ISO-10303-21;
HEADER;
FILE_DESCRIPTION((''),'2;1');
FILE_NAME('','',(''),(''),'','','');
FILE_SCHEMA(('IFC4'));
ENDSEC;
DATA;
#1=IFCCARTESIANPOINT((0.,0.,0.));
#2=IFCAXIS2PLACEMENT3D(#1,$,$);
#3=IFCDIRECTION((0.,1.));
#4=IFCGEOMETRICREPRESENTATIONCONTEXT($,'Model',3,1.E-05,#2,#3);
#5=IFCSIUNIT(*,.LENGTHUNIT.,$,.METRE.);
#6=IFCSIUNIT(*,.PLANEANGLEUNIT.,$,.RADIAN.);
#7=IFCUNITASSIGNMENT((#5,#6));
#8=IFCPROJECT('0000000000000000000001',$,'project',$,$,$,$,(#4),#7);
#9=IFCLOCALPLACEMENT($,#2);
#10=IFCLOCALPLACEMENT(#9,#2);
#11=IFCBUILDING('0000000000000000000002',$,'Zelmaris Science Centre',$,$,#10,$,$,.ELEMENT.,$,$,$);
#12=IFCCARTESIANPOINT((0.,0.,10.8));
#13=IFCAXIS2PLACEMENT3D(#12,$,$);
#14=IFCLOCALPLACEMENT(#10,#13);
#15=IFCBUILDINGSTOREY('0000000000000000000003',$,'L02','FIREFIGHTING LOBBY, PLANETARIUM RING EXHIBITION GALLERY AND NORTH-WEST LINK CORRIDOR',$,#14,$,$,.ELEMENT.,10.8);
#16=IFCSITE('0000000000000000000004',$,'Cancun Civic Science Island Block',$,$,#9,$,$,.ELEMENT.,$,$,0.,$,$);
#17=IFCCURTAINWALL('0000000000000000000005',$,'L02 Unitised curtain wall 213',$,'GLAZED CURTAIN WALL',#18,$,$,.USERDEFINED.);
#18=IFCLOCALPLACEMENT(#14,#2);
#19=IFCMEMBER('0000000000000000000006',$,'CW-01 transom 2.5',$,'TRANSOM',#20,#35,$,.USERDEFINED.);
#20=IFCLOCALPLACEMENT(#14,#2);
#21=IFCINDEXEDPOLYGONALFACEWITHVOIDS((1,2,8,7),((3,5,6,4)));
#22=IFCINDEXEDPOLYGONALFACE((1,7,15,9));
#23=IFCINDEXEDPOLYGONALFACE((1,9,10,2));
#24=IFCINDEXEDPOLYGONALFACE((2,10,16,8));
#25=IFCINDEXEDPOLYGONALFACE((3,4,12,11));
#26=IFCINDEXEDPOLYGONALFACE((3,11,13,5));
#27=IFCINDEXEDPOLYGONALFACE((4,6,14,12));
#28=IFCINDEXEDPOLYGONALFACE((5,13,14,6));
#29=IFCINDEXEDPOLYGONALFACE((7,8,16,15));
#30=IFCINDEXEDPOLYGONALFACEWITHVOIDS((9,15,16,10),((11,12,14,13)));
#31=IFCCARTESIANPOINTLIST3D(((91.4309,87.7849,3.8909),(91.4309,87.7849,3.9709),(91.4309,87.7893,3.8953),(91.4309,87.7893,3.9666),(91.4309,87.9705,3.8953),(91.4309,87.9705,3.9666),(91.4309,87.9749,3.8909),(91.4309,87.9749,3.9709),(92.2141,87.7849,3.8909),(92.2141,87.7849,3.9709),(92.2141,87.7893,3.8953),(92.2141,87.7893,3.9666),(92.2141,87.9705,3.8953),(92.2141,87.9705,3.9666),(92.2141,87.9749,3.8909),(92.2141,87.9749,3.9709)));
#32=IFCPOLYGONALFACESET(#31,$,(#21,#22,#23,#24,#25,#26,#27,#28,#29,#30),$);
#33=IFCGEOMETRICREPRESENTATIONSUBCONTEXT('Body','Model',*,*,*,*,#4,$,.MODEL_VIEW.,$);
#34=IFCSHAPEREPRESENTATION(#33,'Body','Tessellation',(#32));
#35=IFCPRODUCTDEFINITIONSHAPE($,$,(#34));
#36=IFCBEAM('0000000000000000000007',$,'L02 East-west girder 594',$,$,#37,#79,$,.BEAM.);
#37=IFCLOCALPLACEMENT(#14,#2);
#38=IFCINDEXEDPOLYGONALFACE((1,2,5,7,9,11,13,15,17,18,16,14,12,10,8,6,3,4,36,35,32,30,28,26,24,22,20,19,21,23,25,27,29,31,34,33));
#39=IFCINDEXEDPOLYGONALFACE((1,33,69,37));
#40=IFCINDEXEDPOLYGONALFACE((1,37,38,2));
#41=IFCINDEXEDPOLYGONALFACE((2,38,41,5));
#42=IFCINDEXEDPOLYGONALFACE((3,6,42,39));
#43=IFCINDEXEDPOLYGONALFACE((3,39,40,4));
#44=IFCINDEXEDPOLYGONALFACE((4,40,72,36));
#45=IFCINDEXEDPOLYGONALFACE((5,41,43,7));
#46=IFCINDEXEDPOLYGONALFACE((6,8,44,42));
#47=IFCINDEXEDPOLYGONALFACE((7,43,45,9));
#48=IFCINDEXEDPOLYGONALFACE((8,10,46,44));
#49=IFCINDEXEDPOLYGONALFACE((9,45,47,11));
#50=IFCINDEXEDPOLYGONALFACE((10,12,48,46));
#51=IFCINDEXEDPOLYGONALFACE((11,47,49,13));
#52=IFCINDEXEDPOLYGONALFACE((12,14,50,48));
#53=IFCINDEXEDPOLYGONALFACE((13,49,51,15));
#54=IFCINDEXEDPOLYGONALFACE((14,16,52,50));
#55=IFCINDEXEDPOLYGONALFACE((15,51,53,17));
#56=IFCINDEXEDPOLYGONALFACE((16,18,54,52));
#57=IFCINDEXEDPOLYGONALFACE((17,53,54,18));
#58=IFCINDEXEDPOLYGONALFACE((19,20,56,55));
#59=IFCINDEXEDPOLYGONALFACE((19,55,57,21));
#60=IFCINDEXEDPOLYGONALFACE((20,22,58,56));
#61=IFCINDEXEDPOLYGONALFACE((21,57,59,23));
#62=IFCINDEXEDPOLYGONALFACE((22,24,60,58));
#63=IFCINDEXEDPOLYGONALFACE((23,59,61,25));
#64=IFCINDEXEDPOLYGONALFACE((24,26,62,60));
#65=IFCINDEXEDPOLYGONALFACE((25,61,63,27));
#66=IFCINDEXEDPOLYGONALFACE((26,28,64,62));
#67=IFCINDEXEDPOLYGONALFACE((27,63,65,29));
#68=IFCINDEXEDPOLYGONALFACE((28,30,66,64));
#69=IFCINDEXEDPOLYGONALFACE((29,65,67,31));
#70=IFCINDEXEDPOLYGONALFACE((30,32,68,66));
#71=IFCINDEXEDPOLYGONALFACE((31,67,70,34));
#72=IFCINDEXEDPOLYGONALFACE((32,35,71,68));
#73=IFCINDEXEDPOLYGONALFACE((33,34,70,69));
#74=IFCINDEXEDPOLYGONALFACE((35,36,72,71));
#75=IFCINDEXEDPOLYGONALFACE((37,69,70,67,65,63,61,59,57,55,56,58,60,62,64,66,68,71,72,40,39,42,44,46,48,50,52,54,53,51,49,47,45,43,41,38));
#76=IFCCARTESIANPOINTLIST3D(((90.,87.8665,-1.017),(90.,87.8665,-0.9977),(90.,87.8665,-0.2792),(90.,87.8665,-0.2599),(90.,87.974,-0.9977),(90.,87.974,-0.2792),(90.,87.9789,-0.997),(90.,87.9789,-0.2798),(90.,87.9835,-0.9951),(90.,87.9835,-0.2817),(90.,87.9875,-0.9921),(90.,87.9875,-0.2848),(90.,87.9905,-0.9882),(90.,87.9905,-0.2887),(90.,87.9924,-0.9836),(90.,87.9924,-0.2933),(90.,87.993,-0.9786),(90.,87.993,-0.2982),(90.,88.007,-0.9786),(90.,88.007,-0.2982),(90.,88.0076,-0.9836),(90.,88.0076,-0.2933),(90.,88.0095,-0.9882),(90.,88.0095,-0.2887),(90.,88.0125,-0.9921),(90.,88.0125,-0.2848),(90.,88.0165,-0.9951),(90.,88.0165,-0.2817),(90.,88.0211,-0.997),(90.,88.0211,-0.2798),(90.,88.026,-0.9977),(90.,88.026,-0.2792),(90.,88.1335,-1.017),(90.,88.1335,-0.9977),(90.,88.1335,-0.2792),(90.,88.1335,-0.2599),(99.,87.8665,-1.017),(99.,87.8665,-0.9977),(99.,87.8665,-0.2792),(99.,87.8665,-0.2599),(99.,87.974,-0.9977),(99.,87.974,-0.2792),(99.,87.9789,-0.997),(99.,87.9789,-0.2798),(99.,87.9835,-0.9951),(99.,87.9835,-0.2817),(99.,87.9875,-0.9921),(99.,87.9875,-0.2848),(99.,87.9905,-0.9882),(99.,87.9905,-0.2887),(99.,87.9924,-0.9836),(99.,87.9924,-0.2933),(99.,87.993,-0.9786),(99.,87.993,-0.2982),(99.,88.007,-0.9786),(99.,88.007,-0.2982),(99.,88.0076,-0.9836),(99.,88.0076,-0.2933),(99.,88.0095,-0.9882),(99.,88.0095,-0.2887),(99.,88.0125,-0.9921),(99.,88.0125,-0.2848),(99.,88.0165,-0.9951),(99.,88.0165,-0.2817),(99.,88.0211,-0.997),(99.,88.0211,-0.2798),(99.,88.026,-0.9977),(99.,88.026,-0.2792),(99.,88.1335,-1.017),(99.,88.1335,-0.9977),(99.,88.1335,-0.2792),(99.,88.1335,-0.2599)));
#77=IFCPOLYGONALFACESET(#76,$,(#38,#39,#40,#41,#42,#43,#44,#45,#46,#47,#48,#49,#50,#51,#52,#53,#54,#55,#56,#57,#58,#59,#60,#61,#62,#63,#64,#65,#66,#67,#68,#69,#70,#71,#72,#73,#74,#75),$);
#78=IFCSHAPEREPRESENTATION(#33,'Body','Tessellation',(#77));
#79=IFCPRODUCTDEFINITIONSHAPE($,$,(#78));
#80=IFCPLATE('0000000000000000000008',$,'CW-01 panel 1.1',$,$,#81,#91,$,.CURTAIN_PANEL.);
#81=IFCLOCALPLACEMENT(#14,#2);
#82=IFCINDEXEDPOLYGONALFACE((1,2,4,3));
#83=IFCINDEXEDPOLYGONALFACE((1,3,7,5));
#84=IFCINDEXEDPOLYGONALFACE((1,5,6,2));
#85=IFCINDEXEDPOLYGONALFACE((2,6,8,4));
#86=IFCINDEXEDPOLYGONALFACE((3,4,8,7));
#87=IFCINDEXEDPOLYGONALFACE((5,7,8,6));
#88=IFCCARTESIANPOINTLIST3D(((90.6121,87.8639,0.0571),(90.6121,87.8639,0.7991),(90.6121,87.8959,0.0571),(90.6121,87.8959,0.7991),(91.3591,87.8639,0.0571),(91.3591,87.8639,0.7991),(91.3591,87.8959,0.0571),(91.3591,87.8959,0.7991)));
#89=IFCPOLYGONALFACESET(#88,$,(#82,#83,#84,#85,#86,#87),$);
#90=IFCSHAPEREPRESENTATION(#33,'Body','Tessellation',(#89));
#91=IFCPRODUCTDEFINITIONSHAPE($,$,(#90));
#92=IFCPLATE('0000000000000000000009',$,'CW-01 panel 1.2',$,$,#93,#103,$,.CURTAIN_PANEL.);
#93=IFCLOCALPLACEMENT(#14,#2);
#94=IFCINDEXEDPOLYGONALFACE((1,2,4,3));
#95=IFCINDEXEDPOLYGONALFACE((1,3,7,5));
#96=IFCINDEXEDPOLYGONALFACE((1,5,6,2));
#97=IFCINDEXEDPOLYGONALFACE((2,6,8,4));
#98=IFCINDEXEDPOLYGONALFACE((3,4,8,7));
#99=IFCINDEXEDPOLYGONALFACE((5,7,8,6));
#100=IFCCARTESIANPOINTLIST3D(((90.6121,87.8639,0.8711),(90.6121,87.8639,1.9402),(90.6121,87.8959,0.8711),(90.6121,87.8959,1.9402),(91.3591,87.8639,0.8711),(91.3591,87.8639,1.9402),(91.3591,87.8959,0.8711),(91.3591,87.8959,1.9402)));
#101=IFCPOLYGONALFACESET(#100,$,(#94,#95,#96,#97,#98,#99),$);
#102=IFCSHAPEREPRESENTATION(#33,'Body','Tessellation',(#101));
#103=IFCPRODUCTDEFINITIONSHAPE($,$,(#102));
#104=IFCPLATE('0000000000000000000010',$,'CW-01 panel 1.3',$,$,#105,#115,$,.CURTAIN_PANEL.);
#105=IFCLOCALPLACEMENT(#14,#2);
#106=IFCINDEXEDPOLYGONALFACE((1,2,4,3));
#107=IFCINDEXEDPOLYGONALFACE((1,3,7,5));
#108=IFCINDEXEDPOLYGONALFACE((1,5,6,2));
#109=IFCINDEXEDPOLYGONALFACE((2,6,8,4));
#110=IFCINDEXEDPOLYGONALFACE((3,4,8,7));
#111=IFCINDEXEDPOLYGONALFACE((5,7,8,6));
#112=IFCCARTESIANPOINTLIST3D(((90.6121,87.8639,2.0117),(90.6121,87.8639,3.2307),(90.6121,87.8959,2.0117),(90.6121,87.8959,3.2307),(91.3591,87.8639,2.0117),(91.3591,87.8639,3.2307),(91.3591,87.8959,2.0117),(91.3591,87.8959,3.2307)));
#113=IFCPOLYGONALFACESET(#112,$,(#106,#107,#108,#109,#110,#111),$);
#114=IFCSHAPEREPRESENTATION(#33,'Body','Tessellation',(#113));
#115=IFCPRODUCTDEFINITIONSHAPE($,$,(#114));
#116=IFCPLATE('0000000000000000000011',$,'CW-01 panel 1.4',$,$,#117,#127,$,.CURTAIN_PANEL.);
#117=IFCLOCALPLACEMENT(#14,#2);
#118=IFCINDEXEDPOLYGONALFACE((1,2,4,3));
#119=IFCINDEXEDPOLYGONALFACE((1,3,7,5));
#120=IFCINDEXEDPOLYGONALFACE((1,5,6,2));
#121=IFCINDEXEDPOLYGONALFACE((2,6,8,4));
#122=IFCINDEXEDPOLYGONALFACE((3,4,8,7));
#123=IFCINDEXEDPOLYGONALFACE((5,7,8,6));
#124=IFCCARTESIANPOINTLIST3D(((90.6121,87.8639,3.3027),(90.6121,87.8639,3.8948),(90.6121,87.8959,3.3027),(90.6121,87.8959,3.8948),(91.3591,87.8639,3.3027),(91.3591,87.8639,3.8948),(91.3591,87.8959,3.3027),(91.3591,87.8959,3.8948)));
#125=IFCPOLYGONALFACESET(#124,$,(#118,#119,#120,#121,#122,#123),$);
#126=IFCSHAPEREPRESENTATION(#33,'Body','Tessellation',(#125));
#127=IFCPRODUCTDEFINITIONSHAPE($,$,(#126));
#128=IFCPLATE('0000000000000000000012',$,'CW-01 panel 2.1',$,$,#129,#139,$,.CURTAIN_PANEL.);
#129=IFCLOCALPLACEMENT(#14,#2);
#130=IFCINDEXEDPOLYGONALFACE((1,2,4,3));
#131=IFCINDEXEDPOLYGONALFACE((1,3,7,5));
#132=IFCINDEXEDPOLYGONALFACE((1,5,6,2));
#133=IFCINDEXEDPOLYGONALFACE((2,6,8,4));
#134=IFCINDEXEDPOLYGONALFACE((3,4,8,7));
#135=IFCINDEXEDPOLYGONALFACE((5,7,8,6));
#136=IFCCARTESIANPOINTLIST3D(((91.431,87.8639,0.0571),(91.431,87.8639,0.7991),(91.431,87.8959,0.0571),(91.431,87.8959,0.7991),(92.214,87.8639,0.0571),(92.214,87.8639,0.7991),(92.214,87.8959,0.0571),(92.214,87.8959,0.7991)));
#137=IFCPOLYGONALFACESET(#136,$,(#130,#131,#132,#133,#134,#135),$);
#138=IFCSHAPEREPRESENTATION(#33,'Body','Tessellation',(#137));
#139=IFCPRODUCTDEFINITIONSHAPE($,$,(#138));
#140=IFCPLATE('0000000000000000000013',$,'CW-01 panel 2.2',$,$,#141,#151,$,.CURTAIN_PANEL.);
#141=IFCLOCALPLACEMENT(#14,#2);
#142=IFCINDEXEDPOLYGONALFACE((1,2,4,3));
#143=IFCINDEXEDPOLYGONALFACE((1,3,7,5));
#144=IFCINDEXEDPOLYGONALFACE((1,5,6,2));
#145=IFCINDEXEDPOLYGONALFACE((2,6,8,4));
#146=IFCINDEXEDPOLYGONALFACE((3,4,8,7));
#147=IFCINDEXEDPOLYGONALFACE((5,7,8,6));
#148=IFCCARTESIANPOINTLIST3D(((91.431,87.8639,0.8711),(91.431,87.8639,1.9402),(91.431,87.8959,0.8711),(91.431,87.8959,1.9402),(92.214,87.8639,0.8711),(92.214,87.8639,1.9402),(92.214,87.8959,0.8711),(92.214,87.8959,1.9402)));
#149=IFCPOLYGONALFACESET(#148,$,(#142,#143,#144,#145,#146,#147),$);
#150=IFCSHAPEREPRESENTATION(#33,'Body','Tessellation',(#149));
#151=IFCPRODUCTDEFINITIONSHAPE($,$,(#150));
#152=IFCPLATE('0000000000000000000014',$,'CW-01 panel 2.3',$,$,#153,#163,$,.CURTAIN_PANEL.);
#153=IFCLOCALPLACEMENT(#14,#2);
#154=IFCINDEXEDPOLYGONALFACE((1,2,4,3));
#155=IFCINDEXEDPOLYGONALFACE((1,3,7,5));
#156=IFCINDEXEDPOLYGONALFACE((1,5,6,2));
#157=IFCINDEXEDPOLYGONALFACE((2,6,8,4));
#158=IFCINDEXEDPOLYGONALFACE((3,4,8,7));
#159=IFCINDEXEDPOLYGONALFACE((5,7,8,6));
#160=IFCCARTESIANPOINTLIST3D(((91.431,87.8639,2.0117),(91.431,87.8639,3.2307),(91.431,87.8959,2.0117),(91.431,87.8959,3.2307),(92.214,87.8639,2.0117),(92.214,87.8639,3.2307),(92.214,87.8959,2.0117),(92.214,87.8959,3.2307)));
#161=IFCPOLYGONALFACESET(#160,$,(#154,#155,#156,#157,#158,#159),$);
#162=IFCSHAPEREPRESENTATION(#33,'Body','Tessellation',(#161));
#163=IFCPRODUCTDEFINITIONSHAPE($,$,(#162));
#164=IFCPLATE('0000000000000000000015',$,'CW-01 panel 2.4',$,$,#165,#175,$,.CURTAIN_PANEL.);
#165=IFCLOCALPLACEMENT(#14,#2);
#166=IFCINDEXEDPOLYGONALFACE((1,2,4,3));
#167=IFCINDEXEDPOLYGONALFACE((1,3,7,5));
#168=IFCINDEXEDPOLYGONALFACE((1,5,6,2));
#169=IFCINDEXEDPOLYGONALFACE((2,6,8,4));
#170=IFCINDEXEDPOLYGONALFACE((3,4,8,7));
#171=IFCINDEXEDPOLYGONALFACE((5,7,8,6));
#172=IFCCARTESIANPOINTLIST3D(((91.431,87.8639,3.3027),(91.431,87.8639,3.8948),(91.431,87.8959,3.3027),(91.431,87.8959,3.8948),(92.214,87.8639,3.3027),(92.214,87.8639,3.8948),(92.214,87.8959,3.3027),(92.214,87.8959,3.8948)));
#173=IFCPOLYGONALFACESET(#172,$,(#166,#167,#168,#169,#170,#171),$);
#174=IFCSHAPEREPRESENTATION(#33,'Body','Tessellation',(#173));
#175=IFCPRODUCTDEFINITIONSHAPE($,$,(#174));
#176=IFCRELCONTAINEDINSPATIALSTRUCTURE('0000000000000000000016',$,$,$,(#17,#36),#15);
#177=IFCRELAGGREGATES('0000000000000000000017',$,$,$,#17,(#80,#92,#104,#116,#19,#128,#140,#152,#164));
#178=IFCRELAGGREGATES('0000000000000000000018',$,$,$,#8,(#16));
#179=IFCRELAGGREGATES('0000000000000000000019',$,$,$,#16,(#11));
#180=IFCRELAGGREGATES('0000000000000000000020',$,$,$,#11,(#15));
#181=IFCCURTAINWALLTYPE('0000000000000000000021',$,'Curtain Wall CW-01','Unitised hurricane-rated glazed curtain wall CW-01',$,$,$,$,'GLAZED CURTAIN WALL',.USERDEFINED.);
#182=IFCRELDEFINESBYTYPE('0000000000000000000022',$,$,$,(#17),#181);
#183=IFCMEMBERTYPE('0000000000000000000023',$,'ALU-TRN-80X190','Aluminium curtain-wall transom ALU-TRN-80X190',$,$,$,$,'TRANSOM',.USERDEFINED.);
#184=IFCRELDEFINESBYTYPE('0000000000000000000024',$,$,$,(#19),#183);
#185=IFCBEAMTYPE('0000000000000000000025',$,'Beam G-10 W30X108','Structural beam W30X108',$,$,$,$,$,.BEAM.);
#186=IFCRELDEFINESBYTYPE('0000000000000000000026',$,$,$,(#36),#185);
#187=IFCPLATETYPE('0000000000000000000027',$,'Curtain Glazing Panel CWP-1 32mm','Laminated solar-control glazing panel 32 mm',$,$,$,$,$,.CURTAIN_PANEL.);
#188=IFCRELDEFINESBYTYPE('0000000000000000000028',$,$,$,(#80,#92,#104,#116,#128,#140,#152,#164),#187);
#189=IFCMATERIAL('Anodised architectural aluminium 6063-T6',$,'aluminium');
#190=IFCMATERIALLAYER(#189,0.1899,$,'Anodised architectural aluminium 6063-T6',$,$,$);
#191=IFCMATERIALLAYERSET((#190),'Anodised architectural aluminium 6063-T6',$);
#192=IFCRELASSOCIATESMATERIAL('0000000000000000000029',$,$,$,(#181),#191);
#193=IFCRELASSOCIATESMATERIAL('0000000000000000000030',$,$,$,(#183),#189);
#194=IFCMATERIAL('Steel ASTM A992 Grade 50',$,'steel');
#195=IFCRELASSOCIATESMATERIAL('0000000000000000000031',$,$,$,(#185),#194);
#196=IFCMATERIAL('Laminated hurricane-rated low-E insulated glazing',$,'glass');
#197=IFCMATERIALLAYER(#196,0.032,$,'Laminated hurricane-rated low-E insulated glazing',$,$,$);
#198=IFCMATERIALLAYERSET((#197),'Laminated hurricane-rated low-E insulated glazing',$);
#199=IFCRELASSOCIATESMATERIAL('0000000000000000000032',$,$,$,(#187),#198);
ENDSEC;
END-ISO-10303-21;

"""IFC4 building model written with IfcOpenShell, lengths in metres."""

from ifc_helpers import new_model, si_unit, direction, frame, origin, origin_2d, place, context, subcontext, project, spatial, rectangle, hollow_rectangle, i_section, extrude, material, layer, layer_set, material_profile, profile_set, type_object, element, aggregate, save


model = new_model("IFC4")

# Units and contexts
model_context = context("Model", 3, precision=1e-05, world=origin(), true_north=direction((0.0, 1.0)))
body_context = subcontext(model_context, "Body", "Model", "MODEL_VIEW")
ifc_project = project(units=[si_unit("LENGTHUNIT", "METRE"), si_unit("PLANEANGLEUNIT", "RADIAN")], contexts=[model_context])

# Site, building, storey
site_placement = place(None, origin())
site = spatial("IfcSite", under=ifc_project, at=site_placement, Name="Cancun Civic Science Island Block", CompositionType="ELEMENT", RefElevation=0.0)
building_placement = place(site_placement, origin())
building = spatial("IfcBuilding", under=site, at=building_placement, Name="Zelmaris Science Centre", CompositionType="ELEMENT")
storey_placement = place(building_placement, frame((0.0, 0.0, 10.8)))
storey = spatial("IfcBuildingStorey", under=building, at=storey_placement, Name="L02", Description="FIREFIGHTING LOBBY, PLANETARIUM RING EXHIBITION GALLERY AND NORTH-WEST LINK CORRIDOR", CompositionType="ELEMENT", Elevation=10.8)

# Shared definitions
ifc_material_1 = material(Name="Steel ASTM A992 Grade 50", Category="steel")

# Curtain wall, member
ifc_material_2 = material(Name="Anodised architectural aluminium 6063-T6", Category="aluminium")
ifc_layer_1 = layer(ifc_material_2, 0.1899, Name="Anodised architectural aluminium 6063-T6")
ifc_layer_set_1 = layer_set([ifc_layer_1], Name="Anodised architectural aluminium 6063-T6")
curtain_wall_type = type_object("IfcCurtainWallType", Name="Curtain Wall CW-01", Description="Unitised hurricane-rated glazed curtain wall CW-01", ElementType="GLAZED CURTAIN WALL", PredefinedType="USERDEFINED", material=ifc_layer_set_1)
curtain_wall_placement = place(storey_placement, origin())
curtain_wall = element("IfcCurtainWall", 1, at=curtain_wall_placement, inside=storey, type_object=curtain_wall_type, Name="L02 Unitised curtain wall 213", ObjectType="GLAZED CURTAIN WALL", PredefinedType="USERDEFINED")
ifc_material_profile_1 = material_profile(ifc_material_2, hollow_rectangle(XDim=0.0801, YDim=0.1899, WallThickness=0.0044, at=origin_2d()), Name="ALU-TRN-80X190")
ifc_profile_set_1 = profile_set([ifc_material_profile_1], Name="Anodised architectural aluminium 6063-T6")
member_type_1 = type_object("IfcMemberType", Name="ALU-TRN-80X190", Description="Aluminium curtain-wall transom ALU-TRN-80X190", ElementType="TRANSOM", PredefinedType="USERDEFINED", material=ifc_profile_set_1)
member_1_placement = place(storey_placement, frame((91.4309, 87.8799, 3.9309), z_axis=(1.0, 0.0, 0.0), x_axis=(0.0, 0.0, 1.0)))
member_1 = element("IfcMember", 2, at=member_1_placement, type_object=member_type_1, Name="CW-01 transom 2.5", ObjectType="TRANSOM", PredefinedType="USERDEFINED", context=body_context, shape_type="SweptSolid", body=[
    extrude(hollow_rectangle(XDim=0.0801, YDim=0.1899, WallThickness=0.0044, at=origin_2d()), origin(), (0.0, 0.0, 1.0), 0.7832),
])

# Beam
ifc_material_profile_2 = material_profile(ifc_material_1, i_section(OverallWidth=0.2671, OverallDepth=0.7571, WebThickness=0.0139, FlangeThickness=0.0193, FilletRadius=0.019, at=origin_2d()), Name="W30X108")
ifc_profile_set_2 = profile_set([ifc_material_profile_2], Name="Steel ASTM A992 Grade 50")
beam_type = type_object("IfcBeamType", Name="Beam G-10 W30X108", Description="Structural beam W30X108", PredefinedType="BEAM", material=ifc_profile_set_2)
beam_placement = place(storey_placement, frame((90.0, 88.0, -0.6384), z_axis=(1.0, 0.0, 0.0), x_axis=(0.0, 1.0, 0.0)))
element("IfcBeam", 3, at=beam_placement, inside=storey, type_object=beam_type, Name="L02 East-west girder 594", PredefinedType="BEAM", context=body_context, shape_type="SweptSolid", body=[
    extrude(i_section(OverallWidth=0.2671, OverallDepth=0.7571, WebThickness=0.0139, FlangeThickness=0.0193, FilletRadius=0.019, at=origin_2d()), origin(), (0.0, 0.0, 1.0), 9.0),
])

# Plates
ifc_material_3 = material(Name="Laminated hurricane-rated low-E insulated glazing", Category="glass")
ifc_layer_2 = layer(ifc_material_3, 0.032, Name="Laminated hurricane-rated low-E insulated glazing")
ifc_layer_set_2 = layer_set([ifc_layer_2], Name="Laminated hurricane-rated low-E insulated glazing")
plate_type = type_object("IfcPlateType", Name="Curtain Glazing Panel CWP-1 32mm", Description="Laminated solar-control glazing panel 32 mm", PredefinedType="CURTAIN_PANEL", material=ifc_layer_set_2)
plate_1_placement = place(storey_placement, frame((90.9856, 87.8799, 0.0571), z_axis=(0.0, 0.0, 1.0), x_axis=(1.0, 0.0, 0.0)))
plate_1 = element("IfcPlate", 4, at=plate_1_placement, type_object=plate_type, Name="CW-01 panel 1.1", PredefinedType="CURTAIN_PANEL", context=body_context, shape_type="SweptSolid", body=[
    extrude(rectangle(XDim=0.7471, YDim=0.032, at=origin_2d()), origin(), (0.0, 0.0, 1.0), 0.7419),
])
plate_2_placement = place(storey_placement, frame((90.9856, 87.8799, 0.8711), z_axis=(0.0, 0.0, 1.0), x_axis=(1.0, 0.0, 0.0)))
plate_2 = element("IfcPlate", 5, at=plate_2_placement, type_object=plate_type, Name="CW-01 panel 1.2", PredefinedType="CURTAIN_PANEL", context=body_context, shape_type="SweptSolid", body=[
    extrude(rectangle(XDim=0.7471, YDim=0.032, at=origin_2d()), origin(), (0.0, 0.0, 1.0), 1.0691),
])
plate_3_placement = place(storey_placement, frame((90.9856, 87.8799, 2.0117), z_axis=(0.0, 0.0, 1.0), x_axis=(1.0, 0.0, 0.0)))
plate_3 = element("IfcPlate", 6, at=plate_3_placement, type_object=plate_type, Name="CW-01 panel 1.3", PredefinedType="CURTAIN_PANEL", context=body_context, shape_type="SweptSolid", body=[
    extrude(rectangle(XDim=0.7471, YDim=0.032, at=origin_2d()), origin(), (0.0, 0.0, 1.0), 1.219),
])
plate_4_placement = place(storey_placement, frame((90.9856, 87.8799, 3.3027), z_axis=(0.0, 0.0, 1.0), x_axis=(1.0, 0.0, 0.0)))
plate_4 = element("IfcPlate", 7, at=plate_4_placement, type_object=plate_type, Name="CW-01 panel 1.4", PredefinedType="CURTAIN_PANEL", context=body_context, shape_type="SweptSolid", body=[
    extrude(rectangle(XDim=0.7471, YDim=0.032, at=origin_2d()), origin(), (0.0, 0.0, 1.0), 0.592),
])
plate_5_placement = place(storey_placement, frame((91.8225, 87.8799, 0.0571), z_axis=(0.0, 0.0, 1.0), x_axis=(1.0, 0.0, 0.0)))
plate_5 = element("IfcPlate", 8, at=plate_5_placement, type_object=plate_type, Name="CW-01 panel 2.1", PredefinedType="CURTAIN_PANEL", context=body_context, shape_type="SweptSolid", body=[
    extrude(rectangle(XDim=0.783, YDim=0.032, at=origin_2d()), origin(), (0.0, 0.0, 1.0), 0.7419),
])
plate_6_placement = place(storey_placement, frame((91.8225, 87.8799, 0.8711), z_axis=(0.0, 0.0, 1.0), x_axis=(1.0, 0.0, 0.0)))
plate_6 = element("IfcPlate", 9, at=plate_6_placement, type_object=plate_type, Name="CW-01 panel 2.2", PredefinedType="CURTAIN_PANEL", context=body_context, shape_type="SweptSolid", body=[
    extrude(rectangle(XDim=0.783, YDim=0.032, at=origin_2d()), origin(), (0.0, 0.0, 1.0), 1.0691),
])
plate_7_placement = place(storey_placement, frame((91.8225, 87.8799, 2.0117), z_axis=(0.0, 0.0, 1.0), x_axis=(1.0, 0.0, 0.0)))
plate_7 = element("IfcPlate", 10, at=plate_7_placement, type_object=plate_type, Name="CW-01 panel 2.3", PredefinedType="CURTAIN_PANEL", context=body_context, shape_type="SweptSolid", body=[
    extrude(rectangle(XDim=0.783, YDim=0.032, at=origin_2d()), origin(), (0.0, 0.0, 1.0), 1.219),
])
plate_8_placement = place(storey_placement, frame((91.8225, 87.8799, 3.3027), z_axis=(0.0, 0.0, 1.0), x_axis=(1.0, 0.0, 0.0)))
plate_8 = element("IfcPlate", 11, at=plate_8_placement, type_object=plate_type, Name="CW-01 panel 2.4", PredefinedType="CURTAIN_PANEL", context=body_context, shape_type="SweptSolid", body=[
    extrude(rectangle(XDim=0.783, YDim=0.032, at=origin_2d()), origin(), (0.0, 0.0, 1.0), 0.592),
])
aggregate(curtain_wall, [plate_1, plate_2, plate_3, plate_4, member_1, plate_5, plate_6, plate_7, plate_8])

save(model, "model.ifc")
